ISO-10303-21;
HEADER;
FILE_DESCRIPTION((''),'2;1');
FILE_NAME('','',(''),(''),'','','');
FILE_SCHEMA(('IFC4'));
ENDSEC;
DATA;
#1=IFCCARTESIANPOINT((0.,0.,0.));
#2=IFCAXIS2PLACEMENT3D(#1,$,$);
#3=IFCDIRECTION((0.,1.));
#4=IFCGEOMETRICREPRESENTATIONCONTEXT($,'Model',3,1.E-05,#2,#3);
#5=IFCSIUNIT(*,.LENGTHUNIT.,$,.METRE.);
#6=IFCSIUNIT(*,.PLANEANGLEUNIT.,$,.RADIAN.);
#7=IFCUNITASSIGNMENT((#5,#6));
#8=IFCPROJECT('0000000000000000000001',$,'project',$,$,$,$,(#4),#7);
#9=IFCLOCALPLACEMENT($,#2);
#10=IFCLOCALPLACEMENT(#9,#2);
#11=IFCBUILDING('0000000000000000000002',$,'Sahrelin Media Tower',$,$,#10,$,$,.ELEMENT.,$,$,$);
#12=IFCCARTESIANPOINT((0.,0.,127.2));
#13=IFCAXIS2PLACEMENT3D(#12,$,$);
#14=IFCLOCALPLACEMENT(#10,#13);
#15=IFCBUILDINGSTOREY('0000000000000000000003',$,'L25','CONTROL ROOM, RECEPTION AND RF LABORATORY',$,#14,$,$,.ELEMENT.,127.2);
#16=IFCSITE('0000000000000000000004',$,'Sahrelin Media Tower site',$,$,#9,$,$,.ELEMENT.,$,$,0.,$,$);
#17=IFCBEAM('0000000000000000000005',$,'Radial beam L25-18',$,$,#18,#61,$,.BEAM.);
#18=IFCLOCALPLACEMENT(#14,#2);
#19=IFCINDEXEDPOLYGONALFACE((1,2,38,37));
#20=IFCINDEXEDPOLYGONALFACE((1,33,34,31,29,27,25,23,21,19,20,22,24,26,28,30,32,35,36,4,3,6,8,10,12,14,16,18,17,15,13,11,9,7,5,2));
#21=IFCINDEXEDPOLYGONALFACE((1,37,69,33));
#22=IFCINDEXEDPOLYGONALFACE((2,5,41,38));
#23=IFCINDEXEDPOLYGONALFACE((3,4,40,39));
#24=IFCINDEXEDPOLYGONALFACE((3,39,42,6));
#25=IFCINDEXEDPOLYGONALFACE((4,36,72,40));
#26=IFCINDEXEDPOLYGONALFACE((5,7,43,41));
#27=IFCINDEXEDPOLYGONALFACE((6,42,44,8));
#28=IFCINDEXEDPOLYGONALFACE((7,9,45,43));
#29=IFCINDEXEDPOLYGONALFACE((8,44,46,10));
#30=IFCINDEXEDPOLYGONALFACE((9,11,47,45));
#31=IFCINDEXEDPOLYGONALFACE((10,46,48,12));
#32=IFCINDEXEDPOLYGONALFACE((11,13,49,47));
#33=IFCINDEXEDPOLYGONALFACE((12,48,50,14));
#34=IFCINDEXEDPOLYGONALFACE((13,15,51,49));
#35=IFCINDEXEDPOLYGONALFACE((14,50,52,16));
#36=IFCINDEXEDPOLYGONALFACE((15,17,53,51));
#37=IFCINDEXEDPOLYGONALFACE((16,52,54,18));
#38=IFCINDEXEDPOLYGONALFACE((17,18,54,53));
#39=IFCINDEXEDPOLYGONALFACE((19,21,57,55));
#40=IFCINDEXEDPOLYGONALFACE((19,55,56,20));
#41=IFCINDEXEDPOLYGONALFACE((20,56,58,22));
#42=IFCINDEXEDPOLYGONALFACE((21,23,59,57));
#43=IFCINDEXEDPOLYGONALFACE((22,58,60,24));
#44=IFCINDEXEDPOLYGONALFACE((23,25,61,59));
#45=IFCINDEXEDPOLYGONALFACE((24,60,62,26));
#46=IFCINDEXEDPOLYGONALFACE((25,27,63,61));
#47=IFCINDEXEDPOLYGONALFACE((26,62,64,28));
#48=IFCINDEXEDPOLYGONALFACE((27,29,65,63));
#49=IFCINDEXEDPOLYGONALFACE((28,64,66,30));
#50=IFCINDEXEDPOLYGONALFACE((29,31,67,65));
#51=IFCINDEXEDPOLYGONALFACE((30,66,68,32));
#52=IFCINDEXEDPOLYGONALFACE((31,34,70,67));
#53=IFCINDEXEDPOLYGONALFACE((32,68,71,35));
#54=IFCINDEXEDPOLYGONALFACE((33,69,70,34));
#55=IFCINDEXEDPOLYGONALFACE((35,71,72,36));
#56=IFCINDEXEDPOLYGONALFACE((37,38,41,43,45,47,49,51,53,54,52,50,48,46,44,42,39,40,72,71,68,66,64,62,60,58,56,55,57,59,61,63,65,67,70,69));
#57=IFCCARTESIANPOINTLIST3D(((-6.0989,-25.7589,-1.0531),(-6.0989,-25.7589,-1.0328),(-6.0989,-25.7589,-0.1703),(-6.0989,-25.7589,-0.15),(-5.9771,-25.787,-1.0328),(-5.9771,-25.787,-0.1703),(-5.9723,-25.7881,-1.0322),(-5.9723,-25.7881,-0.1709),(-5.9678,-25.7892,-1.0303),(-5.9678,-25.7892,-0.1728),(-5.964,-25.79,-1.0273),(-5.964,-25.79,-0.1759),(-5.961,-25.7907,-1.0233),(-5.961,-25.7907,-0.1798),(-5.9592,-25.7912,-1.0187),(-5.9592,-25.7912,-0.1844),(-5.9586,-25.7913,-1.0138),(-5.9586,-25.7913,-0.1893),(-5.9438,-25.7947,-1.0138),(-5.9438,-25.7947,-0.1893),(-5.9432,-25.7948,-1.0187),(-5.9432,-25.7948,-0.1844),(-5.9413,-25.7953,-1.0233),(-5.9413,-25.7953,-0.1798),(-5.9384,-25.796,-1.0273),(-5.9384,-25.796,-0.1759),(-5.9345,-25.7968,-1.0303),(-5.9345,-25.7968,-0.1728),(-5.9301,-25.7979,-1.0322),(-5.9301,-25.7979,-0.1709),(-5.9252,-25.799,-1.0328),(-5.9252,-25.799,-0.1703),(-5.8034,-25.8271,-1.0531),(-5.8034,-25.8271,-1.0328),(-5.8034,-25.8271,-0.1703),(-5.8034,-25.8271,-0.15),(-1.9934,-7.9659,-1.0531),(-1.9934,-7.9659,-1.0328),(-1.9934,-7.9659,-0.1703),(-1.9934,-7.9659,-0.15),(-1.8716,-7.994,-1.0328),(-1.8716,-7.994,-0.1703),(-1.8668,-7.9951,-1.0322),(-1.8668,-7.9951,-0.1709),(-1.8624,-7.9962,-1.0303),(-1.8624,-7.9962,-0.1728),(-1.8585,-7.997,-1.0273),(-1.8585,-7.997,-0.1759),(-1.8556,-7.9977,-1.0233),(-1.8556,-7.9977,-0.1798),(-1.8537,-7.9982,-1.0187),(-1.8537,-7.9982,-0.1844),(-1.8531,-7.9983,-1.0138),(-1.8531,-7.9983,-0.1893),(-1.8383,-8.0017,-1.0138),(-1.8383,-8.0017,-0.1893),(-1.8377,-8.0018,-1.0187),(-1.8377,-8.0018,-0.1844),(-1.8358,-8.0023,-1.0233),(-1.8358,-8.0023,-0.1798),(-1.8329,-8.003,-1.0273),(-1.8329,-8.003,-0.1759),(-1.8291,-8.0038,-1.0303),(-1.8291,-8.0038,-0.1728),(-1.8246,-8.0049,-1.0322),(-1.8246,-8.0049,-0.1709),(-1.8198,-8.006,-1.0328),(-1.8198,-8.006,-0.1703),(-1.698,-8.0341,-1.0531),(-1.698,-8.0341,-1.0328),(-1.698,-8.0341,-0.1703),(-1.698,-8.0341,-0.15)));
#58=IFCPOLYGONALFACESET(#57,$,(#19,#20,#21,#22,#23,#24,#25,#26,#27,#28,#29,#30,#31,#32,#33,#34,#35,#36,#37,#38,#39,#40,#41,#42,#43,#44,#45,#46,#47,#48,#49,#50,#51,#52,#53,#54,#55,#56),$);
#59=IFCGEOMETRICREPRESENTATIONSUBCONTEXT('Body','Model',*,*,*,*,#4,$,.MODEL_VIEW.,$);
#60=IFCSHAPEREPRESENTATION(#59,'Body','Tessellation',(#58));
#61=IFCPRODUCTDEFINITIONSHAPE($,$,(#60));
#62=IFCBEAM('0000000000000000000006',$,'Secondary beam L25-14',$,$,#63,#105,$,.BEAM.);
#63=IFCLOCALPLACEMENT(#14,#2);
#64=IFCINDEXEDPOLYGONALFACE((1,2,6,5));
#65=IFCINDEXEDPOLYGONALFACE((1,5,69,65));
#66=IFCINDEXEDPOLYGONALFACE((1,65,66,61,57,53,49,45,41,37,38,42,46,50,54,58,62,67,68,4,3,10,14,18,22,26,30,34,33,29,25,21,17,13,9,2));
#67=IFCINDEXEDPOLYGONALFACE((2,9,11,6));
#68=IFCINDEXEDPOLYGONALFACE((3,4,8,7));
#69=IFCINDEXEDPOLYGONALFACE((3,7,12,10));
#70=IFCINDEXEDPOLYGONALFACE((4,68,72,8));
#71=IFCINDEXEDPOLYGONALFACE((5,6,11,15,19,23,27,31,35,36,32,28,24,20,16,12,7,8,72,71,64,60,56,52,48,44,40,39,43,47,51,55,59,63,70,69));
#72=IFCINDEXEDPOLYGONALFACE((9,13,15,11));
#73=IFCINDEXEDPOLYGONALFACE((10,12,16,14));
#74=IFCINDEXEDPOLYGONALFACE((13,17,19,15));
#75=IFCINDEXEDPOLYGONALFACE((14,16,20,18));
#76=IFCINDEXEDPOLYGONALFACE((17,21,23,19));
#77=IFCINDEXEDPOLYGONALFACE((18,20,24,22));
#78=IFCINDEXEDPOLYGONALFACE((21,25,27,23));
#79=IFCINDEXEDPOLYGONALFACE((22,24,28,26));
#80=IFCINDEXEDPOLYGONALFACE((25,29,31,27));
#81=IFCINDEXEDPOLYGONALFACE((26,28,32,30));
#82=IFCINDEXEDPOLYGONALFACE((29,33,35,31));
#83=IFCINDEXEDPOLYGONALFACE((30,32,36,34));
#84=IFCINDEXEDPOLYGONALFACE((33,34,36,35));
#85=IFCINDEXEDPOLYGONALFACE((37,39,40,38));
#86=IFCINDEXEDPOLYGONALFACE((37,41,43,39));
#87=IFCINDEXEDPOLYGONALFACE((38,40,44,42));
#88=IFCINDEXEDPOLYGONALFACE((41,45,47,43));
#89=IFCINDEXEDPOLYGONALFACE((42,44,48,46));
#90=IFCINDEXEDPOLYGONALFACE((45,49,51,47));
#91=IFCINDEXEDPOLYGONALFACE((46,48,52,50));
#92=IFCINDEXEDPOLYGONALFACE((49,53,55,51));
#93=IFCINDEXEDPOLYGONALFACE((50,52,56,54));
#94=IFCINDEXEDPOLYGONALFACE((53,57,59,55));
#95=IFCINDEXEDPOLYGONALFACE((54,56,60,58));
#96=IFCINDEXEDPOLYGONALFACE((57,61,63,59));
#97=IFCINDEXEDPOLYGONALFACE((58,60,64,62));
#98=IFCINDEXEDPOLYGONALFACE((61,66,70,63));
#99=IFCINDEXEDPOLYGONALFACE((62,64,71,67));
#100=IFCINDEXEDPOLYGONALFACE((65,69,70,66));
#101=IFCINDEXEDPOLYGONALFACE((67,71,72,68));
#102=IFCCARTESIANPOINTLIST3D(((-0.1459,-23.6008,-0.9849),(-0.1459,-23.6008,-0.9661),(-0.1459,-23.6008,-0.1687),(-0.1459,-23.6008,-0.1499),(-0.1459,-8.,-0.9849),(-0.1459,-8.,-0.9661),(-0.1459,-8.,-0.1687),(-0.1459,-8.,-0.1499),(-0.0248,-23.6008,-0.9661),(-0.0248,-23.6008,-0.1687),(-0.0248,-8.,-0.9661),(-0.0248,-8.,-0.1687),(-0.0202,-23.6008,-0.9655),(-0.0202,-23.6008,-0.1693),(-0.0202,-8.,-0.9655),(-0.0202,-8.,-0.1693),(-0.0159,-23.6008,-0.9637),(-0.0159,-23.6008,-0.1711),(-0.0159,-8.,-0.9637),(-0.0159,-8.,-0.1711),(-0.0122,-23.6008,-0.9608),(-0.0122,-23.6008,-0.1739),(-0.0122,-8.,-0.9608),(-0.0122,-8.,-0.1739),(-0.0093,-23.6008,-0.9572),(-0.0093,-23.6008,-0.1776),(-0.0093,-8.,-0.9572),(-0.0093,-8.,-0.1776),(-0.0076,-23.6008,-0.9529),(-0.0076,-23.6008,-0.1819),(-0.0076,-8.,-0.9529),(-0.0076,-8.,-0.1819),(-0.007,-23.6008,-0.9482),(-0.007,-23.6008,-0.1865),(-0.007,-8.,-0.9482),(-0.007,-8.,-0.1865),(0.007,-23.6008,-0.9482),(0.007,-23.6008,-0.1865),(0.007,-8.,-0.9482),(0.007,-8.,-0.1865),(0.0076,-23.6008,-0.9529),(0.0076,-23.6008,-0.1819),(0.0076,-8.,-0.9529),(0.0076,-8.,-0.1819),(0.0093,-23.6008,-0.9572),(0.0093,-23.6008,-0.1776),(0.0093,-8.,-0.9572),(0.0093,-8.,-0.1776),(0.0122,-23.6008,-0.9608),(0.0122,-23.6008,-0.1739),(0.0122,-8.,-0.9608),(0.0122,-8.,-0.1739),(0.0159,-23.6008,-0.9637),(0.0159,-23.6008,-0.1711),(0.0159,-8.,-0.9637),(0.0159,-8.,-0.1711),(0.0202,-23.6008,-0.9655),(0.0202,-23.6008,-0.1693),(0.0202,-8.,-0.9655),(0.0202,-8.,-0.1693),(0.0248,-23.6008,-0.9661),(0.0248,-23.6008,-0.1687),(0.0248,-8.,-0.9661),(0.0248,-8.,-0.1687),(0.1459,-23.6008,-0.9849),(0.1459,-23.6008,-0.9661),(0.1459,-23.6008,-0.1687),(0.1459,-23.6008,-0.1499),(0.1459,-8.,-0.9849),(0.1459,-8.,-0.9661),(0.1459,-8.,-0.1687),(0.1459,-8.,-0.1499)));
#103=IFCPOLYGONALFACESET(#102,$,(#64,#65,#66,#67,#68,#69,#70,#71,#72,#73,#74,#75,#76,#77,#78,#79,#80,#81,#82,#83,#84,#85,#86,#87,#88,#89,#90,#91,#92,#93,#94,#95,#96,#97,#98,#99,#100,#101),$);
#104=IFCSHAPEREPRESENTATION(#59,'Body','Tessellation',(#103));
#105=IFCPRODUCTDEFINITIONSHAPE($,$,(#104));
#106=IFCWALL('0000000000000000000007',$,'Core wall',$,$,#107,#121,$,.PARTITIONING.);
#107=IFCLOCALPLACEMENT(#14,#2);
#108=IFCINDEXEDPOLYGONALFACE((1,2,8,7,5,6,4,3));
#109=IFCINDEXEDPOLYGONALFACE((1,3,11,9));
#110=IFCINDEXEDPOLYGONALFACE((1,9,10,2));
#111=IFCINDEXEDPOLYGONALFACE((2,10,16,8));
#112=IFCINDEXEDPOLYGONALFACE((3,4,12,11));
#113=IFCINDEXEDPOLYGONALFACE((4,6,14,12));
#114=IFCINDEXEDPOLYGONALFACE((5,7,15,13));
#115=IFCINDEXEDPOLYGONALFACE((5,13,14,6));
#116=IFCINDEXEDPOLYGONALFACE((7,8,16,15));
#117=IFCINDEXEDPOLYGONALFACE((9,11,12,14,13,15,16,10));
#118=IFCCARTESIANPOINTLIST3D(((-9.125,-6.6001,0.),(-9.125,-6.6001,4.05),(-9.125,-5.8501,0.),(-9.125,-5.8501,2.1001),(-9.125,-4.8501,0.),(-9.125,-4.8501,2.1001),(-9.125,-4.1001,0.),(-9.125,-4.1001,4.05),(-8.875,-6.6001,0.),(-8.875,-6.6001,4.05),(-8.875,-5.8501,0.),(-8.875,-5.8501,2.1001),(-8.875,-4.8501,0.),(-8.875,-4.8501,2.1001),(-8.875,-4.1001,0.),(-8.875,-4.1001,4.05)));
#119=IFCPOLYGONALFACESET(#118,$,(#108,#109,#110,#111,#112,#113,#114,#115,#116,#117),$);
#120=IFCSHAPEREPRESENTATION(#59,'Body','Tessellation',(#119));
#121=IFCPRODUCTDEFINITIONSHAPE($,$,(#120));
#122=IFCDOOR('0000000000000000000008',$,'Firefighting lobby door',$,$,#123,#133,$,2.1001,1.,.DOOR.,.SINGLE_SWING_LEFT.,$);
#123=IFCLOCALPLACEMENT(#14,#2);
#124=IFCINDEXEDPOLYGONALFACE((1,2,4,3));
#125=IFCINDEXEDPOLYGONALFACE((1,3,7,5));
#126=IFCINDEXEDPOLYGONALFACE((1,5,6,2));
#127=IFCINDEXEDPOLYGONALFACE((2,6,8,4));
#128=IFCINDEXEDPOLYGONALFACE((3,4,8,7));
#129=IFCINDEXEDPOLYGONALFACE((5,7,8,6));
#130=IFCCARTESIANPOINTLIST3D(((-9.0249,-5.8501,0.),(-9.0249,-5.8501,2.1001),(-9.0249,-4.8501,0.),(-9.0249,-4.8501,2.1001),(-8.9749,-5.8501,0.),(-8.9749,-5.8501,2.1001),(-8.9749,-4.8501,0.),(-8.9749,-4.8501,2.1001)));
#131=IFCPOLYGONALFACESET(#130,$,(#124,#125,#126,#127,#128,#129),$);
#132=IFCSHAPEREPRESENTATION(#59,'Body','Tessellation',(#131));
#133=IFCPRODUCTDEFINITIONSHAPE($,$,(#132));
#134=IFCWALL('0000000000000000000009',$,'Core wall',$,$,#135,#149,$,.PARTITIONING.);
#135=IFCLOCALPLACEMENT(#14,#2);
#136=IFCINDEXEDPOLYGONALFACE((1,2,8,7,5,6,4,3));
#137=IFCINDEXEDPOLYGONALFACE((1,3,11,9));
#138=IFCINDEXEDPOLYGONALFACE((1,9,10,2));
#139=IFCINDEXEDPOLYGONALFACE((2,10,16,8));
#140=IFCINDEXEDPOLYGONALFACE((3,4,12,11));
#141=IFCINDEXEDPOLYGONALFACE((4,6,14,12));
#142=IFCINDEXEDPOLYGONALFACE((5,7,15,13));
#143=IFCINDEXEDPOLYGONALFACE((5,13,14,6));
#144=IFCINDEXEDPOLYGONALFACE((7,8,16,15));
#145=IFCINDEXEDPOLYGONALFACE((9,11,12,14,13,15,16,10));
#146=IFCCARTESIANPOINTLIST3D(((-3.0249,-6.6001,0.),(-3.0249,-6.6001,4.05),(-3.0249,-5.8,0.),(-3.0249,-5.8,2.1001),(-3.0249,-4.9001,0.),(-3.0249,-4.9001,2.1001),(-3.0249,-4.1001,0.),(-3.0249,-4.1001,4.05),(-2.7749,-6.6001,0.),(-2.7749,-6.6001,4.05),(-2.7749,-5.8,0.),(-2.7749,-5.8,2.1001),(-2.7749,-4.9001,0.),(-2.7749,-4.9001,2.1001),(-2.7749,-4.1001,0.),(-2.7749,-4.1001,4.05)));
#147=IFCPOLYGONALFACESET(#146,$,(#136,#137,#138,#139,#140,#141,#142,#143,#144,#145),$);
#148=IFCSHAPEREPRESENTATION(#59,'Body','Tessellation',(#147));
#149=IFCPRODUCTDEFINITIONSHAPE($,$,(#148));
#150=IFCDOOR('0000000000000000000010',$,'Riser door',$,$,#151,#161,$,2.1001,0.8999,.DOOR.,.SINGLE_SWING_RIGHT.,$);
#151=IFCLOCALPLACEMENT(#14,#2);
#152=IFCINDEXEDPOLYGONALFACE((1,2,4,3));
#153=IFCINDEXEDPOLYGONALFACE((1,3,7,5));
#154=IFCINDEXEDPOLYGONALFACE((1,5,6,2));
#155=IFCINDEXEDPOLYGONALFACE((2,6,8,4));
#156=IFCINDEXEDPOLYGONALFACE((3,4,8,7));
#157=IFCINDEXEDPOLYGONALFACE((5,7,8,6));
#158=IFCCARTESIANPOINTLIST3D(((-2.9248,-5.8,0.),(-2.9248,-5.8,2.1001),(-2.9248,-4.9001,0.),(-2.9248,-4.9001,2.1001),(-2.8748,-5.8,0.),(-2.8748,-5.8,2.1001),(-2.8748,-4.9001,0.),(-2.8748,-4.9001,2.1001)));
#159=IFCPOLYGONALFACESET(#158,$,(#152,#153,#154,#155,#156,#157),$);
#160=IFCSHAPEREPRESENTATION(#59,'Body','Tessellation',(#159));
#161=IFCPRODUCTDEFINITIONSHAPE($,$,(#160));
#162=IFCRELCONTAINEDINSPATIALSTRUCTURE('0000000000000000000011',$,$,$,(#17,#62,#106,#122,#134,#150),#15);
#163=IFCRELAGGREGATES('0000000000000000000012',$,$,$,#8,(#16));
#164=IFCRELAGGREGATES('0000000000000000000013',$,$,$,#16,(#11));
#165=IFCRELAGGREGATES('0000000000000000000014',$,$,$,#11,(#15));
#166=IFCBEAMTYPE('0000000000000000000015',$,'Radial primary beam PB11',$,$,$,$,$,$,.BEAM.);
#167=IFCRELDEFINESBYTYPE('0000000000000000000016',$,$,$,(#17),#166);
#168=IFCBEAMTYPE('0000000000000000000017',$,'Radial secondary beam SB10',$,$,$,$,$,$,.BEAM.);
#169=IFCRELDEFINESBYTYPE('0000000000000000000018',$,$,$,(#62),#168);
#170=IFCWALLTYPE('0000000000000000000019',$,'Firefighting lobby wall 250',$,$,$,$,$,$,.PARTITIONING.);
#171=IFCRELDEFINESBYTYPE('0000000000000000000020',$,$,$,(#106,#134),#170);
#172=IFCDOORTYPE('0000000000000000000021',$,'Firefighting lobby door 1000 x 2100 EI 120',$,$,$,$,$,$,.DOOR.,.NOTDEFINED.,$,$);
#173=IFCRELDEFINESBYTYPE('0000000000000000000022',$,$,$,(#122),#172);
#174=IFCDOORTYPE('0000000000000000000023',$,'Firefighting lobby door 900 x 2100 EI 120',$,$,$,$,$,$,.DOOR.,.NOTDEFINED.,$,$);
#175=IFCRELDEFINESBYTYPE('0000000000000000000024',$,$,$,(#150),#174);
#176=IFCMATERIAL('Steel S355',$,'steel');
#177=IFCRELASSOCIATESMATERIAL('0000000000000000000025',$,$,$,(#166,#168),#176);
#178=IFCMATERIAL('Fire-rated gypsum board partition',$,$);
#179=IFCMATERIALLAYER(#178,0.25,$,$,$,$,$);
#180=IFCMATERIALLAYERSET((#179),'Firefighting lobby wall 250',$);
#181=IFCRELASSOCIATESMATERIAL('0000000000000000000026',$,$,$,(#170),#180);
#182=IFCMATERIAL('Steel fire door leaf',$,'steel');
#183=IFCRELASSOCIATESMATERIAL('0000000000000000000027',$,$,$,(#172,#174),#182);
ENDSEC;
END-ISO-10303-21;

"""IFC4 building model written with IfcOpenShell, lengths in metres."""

from ifc_helpers import new_model, si_unit, direction, frame, frame_2d, origin, origin_2d, place, context, subcontext, project, spatial, rectangle, i_section, extrude, material, layer, layer_set, material_profile, profile_set, type_object, element, fill, save


model = new_model("IFC4")

# Units and contexts
model_context = context("Model", 3, precision=1e-05, world=origin(), true_north=direction((0.0, 1.0)))
body_context = subcontext(model_context, "Body", "Model", "MODEL_VIEW")
ifc_project = project(units=[si_unit("LENGTHUNIT", "METRE"), si_unit("PLANEANGLEUNIT", "RADIAN")], contexts=[model_context])

# Site, building, storey
site_placement = place(None, origin())
site = spatial("IfcSite", under=ifc_project, at=site_placement, Name="Sahrelin Media Tower site", CompositionType="ELEMENT", RefElevation=0.0)
building_placement = place(site_placement, origin())
building = spatial("IfcBuilding", under=site, at=building_placement, Name="Sahrelin Media Tower", CompositionType="ELEMENT")
storey_placement = place(building_placement, frame((0.0, 0.0, 127.2)))
storey = spatial("IfcBuildingStorey", under=building, at=storey_placement, Name="L25", Description="CONTROL ROOM, RECEPTION AND RF LABORATORY", CompositionType="ELEMENT", Elevation=127.2)

# Beams
ifc_material_1 = material(Name="Steel S355", Category="steel")
ifc_material_profile_1 = material_profile(ifc_material_1, i_section(OverallWidth=0.3032, OverallDepth=0.9031, WebThickness=0.0151, FlangeThickness=0.0203, FilletRadius=0.019, at=origin_2d()), Name="UB 914x305x201")
ifc_profile_set_1 = profile_set([ifc_material_profile_1], Name="Steel S355")
beam_type_1 = type_object("IfcBeamType", Name="Radial primary beam PB11", PredefinedType="BEAM", material=ifc_profile_set_1)
beam_1_placement = place(storey_placement, frame((-1.8457, -8.0, -0.6016), z_axis=(-0.224828, -0.974398, 0.0), x_axis=(0.974398, -0.224828, 0.0)))
element("IfcBeam", 1, at=beam_1_placement, inside=storey, type_object=beam_type_1, Name="Radial beam L25-18", PredefinedType="BEAM", context=body_context, shape_type="SweptSolid", body=[
    extrude(i_section(OverallWidth=0.3032, OverallDepth=0.9031, WebThickness=0.0151, FlangeThickness=0.0203, FilletRadius=0.019, at=origin_2d()), origin(), (0.0, 0.0, 1.0), 18.2605),
])
ifc_material_profile_2 = material_profile(ifc_material_1, i_section(OverallWidth=0.2917, OverallDepth=0.835, WebThickness=0.0139, FlangeThickness=0.0188, FilletRadius=0.0178, at=origin_2d()), Name="UB 838x292x176")
ifc_profile_set_2 = profile_set([ifc_material_profile_2], Name="Steel S355")
beam_type_2 = type_object("IfcBeamType", Name="Radial secondary beam SB10", PredefinedType="BEAM", material=ifc_profile_set_2)
beam_2_placement = place(storey_placement, frame((0.0, -8.0, -0.5674), z_axis=(0.0, -1.0, 0.0), x_axis=(1.0, 0.0, 0.0)))
element("IfcBeam", 2, at=beam_2_placement, inside=storey, type_object=beam_type_2, Name="Secondary beam L25-14", PredefinedType="BEAM", context=body_context, shape_type="SweptSolid", body=[
    extrude(i_section(OverallWidth=0.2917, OverallDepth=0.835, WebThickness=0.0139, FlangeThickness=0.0188, FilletRadius=0.0178, at=origin_2d()), origin(), (0.0, 0.0, 1.0), 15.6008),
])

# Walls, openings, doors
ifc_material_2 = material(Name="Fire-rated gypsum board partition")
ifc_layer_1 = layer(ifc_material_2, 0.25)
ifc_layer_set_1 = layer_set([ifc_layer_1], Name="Firefighting lobby wall 250")
wall_type_1 = type_object("IfcWallType", Name="Firefighting lobby wall 250", PredefinedType="PARTITIONING", material=ifc_layer_set_1)
wall_1_placement = place(storey_placement, frame((-9.0, -6.6001, 0.0), z_axis=(0.0, 0.0, 1.0), x_axis=(0.0, 1.0, 0.0)))
wall_1 = element("IfcWall", 3, at=wall_1_placement, inside=storey, type_object=wall_type_1, Name="Core wall", PredefinedType="PARTITIONING", context=body_context, shape_type="SweptSolid", body=[
    extrude(rectangle(XDim=2.5, YDim=0.25, at=frame_2d((1.25, 0.0))), origin(), (0.0, 0.0, 1.0), 4.05),
])
opening_1_placement = place(wall_1_placement, frame((0.75, 0.0, 0.0)))
opening_1 = element("IfcOpeningElement", 4, at=opening_1_placement, cuts=wall_1, PredefinedType="OPENING", context=body_context, shape_type="SweptSolid", body=[
    extrude(rectangle(XDim=1.0, YDim=2.1001, at=frame_2d((0.5, 1.05))), frame((0.0, 0.125, 0.0), z_axis=(0.0, -1.0, 0.0), x_axis=(1.0, 0.0, 0.0)), (0.0, 0.0, 1.0), 0.25),
])
ifc_material_3 = material(Name="Steel fire door leaf", Category="steel")
door_type_1 = type_object("IfcDoorType", Name="Firefighting lobby door 1000 x 2100 EI 120", OperationType="NOTDEFINED", PredefinedType="DOOR", material=ifc_material_3)
door_1_placement = place(opening_1_placement, origin())
door_1 = element("IfcDoor", 5, at=door_1_placement, inside=storey, type_object=door_type_1, Name="Firefighting lobby door", OperationType="SINGLE_SWING_LEFT", OverallHeight=2.1001, OverallWidth=1.0, PredefinedType="DOOR", context=body_context, shape_type="SweptSolid", body=[
    extrude(rectangle(XDim=1.0, YDim=2.1001, at=frame_2d((0.5, 1.05))), frame((0.0, 0.0249, 0.0), z_axis=(0.0, -1.0, 0.0), x_axis=(1.0, 0.0, 0.0)), (0.0, 0.0, 1.0), 0.05),
])
fill(opening_1, door_1)
wall_2_placement = place(storey_placement, frame((-2.8999, -6.6001, 0.0), z_axis=(0.0, 0.0, 1.0), x_axis=(0.0, 1.0, 0.0)))
wall_2 = element("IfcWall", 6, at=wall_2_placement, inside=storey, type_object=wall_type_1, Name="Core wall", PredefinedType="PARTITIONING", context=body_context, shape_type="SweptSolid", body=[
    extrude(rectangle(XDim=2.5, YDim=0.25, at=frame_2d((1.25, 0.0))), origin(), (0.0, 0.0, 1.0), 4.05),
])
opening_2_placement = place(wall_2_placement, frame((0.8, 0.0, 0.0)))
opening_2 = element("IfcOpeningElement", 7, at=opening_2_placement, cuts=wall_2, PredefinedType="OPENING", context=body_context, shape_type="SweptSolid", body=[
    extrude(rectangle(XDim=0.8999, YDim=2.1001, at=frame_2d((0.45, 1.05))), frame((0.0, 0.125, 0.0), z_axis=(0.0, -1.0, 0.0), x_axis=(1.0, 0.0, 0.0)), (0.0, 0.0, 1.0), 0.25),
])
door_type_2 = type_object("IfcDoorType", Name="Firefighting lobby door 900 x 2100 EI 120", OperationType="NOTDEFINED", PredefinedType="DOOR", material=ifc_material_3)
door_2_placement = place(opening_2_placement, origin())
door_2 = element("IfcDoor", 8, at=door_2_placement, inside=storey, type_object=door_type_2, Name="Riser door", OperationType="SINGLE_SWING_RIGHT", OverallHeight=2.1001, OverallWidth=0.8999, PredefinedType="DOOR", context=body_context, shape_type="SweptSolid", body=[
    extrude(rectangle(XDim=0.8999, YDim=2.1001, at=frame_2d((0.45, 1.05))), frame((0.0, 0.0249, 0.0), z_axis=(0.0, -1.0, 0.0), x_axis=(1.0, 0.0, 0.0)), (0.0, 0.0, 1.0), 0.05),
])
fill(opening_2, door_2)

save(model, "model.ifc")
